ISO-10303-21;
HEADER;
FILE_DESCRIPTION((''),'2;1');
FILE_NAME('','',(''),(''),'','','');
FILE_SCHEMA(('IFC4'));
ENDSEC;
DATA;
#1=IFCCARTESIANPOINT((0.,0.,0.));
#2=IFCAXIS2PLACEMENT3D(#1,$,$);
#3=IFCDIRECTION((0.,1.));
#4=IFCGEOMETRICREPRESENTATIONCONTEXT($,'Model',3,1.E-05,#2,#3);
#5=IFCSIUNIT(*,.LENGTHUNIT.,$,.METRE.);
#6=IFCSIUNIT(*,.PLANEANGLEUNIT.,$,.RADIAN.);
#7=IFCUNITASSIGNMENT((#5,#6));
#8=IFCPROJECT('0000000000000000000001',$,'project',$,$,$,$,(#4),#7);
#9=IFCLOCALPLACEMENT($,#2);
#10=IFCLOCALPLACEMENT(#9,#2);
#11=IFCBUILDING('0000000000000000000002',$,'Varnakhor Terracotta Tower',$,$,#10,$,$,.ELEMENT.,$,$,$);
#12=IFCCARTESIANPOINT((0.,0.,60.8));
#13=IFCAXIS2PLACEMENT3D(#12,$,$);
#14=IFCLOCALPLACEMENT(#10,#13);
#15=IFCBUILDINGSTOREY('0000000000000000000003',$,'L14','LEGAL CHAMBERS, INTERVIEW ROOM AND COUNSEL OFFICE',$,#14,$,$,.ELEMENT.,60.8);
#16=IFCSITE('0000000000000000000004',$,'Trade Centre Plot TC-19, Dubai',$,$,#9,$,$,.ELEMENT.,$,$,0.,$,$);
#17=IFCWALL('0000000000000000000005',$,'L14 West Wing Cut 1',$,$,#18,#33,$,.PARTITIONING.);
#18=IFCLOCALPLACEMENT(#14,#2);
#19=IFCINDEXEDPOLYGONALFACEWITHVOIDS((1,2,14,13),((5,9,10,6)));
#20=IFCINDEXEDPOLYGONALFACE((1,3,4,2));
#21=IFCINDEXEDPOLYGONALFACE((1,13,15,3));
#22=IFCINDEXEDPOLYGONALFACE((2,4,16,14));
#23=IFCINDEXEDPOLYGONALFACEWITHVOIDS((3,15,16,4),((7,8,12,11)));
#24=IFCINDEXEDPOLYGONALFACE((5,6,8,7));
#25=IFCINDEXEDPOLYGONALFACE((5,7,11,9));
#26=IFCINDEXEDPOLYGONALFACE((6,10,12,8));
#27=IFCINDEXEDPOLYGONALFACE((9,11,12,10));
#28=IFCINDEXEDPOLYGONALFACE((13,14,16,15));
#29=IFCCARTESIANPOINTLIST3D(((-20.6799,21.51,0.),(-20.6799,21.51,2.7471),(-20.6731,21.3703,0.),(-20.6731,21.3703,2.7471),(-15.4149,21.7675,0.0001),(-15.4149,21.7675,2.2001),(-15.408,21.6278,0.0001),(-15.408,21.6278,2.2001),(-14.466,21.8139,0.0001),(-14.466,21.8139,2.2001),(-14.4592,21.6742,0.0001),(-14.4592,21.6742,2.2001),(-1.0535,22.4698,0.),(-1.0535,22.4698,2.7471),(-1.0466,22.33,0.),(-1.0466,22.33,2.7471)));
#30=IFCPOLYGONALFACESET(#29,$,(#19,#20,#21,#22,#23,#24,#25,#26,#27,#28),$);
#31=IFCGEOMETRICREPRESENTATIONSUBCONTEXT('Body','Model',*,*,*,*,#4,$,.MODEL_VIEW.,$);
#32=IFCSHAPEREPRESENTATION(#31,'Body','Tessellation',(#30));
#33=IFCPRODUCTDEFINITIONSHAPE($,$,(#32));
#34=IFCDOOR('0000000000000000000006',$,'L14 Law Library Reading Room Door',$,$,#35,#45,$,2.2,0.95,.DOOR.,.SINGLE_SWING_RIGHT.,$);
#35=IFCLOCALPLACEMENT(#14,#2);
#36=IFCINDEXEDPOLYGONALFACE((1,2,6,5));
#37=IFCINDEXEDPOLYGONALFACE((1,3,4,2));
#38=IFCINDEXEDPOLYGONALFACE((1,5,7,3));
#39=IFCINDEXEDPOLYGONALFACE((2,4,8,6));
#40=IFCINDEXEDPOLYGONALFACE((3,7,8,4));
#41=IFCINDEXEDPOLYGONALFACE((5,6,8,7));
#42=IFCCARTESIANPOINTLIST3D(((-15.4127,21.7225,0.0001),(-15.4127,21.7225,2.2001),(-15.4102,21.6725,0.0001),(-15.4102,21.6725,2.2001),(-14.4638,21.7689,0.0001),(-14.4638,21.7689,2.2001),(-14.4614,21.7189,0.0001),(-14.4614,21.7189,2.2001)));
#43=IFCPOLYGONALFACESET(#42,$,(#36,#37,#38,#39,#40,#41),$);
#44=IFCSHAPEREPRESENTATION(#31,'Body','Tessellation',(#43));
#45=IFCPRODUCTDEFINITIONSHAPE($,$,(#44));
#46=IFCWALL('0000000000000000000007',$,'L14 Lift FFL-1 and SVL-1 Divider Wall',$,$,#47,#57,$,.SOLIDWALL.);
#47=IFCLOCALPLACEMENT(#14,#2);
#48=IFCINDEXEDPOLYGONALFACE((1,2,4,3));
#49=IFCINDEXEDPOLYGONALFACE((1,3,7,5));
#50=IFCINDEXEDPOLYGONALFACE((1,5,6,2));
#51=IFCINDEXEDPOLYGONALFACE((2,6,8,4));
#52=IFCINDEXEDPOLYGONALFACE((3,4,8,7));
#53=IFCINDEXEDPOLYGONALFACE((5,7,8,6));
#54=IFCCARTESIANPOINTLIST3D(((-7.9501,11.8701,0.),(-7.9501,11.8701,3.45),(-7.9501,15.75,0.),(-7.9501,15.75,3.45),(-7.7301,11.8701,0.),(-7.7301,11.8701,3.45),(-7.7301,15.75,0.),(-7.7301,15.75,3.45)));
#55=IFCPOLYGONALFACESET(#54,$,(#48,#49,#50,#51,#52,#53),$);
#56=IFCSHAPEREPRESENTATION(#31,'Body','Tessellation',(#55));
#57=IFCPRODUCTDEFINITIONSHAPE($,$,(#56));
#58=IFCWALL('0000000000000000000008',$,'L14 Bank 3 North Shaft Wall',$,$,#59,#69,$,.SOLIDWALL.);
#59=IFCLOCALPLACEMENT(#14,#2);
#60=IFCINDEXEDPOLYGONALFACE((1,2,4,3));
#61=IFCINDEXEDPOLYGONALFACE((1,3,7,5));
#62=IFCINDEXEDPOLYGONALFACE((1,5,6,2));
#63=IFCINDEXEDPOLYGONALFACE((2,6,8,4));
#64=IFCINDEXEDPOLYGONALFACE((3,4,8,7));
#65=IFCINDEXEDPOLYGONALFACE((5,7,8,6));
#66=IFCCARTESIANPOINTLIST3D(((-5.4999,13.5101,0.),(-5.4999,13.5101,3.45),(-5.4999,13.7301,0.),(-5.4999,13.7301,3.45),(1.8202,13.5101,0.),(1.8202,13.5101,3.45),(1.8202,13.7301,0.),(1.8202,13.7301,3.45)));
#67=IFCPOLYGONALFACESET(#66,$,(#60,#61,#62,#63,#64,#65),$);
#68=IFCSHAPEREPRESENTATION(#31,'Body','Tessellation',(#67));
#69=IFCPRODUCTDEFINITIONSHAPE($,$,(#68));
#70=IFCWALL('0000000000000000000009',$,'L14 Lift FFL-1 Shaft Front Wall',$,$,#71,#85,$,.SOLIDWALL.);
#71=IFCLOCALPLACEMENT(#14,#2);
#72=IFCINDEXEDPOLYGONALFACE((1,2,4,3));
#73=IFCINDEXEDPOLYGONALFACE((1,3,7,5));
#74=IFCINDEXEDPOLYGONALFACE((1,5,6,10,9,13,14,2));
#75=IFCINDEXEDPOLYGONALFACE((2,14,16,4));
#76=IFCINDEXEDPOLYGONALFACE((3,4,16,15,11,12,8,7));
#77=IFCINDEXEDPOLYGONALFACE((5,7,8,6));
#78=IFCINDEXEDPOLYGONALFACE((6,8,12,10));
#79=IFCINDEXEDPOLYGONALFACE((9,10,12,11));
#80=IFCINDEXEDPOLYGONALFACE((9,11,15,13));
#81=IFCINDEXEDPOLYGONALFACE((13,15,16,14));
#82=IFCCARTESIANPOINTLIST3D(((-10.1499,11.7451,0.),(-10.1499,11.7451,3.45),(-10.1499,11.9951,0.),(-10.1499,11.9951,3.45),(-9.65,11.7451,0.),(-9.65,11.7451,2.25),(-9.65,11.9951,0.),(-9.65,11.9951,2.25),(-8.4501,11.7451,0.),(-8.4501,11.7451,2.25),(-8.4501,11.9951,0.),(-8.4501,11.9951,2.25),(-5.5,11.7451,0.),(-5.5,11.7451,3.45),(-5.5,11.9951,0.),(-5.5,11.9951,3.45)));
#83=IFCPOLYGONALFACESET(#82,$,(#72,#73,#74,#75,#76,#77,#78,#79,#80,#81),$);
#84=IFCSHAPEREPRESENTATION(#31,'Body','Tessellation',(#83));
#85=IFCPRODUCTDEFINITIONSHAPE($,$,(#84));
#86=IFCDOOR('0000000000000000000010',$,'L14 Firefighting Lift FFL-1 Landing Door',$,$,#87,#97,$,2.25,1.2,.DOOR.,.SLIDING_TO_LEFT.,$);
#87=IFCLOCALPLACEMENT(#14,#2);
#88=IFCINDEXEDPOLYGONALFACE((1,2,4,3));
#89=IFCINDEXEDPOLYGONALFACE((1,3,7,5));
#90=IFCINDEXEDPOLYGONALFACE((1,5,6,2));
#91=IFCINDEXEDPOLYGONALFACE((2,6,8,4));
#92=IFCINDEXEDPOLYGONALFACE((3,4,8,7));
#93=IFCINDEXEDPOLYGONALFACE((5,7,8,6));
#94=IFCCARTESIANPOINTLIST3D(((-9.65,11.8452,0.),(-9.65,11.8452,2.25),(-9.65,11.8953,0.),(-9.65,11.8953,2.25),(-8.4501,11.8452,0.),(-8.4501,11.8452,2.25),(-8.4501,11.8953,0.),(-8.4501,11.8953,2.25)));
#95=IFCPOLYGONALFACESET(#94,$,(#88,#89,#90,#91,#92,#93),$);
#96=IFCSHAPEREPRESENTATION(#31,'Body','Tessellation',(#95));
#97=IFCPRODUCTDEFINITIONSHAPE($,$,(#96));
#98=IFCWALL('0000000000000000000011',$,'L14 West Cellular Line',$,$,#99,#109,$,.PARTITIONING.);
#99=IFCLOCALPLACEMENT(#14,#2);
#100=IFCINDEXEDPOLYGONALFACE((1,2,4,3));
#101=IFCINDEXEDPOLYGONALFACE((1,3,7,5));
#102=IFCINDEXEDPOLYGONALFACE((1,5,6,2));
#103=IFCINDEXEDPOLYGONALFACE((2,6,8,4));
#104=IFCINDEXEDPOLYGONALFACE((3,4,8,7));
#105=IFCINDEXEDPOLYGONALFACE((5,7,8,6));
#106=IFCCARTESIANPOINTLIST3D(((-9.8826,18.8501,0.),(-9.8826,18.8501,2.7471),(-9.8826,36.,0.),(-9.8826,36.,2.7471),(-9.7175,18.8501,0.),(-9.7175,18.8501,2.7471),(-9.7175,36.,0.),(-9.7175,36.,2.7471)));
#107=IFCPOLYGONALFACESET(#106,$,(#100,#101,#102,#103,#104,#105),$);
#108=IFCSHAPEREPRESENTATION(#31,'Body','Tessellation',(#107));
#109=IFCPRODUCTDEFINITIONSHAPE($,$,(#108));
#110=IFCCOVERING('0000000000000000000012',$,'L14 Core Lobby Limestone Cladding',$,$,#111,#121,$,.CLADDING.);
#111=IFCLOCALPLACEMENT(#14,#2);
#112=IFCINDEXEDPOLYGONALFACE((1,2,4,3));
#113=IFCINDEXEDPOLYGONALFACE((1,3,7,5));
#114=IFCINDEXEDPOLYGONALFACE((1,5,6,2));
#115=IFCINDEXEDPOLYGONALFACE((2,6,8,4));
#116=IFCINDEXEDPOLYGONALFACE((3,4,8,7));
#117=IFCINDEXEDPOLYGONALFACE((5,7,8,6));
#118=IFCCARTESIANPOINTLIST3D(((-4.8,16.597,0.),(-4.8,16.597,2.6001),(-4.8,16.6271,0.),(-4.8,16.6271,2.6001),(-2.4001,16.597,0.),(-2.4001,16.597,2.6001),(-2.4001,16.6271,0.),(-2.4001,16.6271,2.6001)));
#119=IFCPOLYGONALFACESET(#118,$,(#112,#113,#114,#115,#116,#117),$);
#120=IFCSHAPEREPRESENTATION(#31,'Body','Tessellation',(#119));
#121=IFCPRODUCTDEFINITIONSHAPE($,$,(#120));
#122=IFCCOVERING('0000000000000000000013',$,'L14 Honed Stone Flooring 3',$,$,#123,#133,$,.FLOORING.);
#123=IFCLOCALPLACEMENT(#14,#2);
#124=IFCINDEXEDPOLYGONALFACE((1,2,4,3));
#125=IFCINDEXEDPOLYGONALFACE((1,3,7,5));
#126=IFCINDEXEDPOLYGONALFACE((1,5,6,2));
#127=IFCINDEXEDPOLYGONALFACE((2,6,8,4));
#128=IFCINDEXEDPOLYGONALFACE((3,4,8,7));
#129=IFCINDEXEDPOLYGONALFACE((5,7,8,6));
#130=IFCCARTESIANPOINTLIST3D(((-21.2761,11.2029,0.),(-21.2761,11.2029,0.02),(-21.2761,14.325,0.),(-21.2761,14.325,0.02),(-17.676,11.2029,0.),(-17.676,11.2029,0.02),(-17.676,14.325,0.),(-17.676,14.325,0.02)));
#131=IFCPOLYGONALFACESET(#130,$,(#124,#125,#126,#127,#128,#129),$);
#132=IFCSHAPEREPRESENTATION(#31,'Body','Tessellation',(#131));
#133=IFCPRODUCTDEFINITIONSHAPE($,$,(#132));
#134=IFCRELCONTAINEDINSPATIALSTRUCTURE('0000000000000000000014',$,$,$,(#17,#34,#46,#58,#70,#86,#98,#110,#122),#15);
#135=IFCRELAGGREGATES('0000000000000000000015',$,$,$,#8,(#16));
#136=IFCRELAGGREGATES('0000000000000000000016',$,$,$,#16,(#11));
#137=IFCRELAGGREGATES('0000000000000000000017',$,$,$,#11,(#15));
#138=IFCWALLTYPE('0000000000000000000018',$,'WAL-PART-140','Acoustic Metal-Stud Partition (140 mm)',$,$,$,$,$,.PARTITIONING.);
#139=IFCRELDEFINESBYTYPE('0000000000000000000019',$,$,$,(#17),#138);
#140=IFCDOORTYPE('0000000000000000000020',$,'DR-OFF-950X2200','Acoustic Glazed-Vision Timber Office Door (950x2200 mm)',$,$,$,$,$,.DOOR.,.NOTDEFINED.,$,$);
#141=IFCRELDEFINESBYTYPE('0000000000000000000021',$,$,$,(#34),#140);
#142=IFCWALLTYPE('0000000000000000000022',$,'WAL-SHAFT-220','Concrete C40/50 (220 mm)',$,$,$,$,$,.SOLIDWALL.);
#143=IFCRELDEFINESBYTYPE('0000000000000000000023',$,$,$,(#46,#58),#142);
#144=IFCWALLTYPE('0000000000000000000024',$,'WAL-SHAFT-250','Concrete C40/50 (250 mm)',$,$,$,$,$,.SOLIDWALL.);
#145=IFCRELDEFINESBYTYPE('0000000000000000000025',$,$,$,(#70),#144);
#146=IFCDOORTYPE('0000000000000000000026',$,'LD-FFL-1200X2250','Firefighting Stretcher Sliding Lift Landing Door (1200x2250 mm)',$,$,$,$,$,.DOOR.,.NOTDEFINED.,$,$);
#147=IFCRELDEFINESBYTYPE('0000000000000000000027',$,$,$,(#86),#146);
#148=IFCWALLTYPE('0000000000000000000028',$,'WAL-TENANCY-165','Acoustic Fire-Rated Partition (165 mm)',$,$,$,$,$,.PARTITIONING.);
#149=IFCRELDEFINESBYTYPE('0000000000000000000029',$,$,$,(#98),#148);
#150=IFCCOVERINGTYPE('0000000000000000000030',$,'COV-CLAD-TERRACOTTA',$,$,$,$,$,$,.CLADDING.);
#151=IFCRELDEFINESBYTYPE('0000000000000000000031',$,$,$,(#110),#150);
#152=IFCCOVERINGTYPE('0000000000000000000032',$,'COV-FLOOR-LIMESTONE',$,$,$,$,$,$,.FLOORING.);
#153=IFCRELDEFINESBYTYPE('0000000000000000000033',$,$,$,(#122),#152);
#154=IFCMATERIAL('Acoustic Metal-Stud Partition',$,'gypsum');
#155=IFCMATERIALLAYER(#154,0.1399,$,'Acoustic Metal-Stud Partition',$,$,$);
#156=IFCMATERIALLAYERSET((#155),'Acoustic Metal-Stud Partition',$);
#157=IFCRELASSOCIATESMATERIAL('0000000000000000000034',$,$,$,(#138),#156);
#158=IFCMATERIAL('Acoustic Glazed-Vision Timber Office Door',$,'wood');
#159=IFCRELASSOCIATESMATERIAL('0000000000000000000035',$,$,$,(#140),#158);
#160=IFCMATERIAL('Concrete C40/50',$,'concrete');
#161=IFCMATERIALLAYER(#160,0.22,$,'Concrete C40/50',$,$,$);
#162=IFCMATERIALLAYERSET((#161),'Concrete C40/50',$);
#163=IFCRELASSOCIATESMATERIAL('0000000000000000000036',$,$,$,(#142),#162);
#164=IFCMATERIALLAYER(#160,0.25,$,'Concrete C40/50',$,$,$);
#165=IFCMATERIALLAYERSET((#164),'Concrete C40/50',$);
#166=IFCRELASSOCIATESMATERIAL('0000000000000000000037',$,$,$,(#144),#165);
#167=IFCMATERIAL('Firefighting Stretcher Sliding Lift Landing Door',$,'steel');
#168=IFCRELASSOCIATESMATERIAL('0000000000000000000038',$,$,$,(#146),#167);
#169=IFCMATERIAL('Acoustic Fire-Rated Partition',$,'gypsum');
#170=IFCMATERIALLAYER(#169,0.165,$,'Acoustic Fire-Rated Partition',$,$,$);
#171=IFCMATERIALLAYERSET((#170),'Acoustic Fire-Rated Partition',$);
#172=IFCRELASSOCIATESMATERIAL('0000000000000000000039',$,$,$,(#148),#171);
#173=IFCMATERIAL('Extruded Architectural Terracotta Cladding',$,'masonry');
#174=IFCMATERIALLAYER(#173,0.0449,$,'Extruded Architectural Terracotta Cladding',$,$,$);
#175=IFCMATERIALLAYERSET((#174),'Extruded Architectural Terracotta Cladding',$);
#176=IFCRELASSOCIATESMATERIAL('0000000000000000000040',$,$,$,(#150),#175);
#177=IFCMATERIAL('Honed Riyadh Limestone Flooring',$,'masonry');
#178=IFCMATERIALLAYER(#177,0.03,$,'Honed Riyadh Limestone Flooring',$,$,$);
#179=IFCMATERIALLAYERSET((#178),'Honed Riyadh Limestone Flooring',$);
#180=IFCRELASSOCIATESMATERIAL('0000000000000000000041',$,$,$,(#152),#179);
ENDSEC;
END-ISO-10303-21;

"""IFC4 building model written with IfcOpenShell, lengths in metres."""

from ifc_helpers import new_model, si_unit, direction, frame, frame_2d, origin, origin_2d, place, context, subcontext, project, spatial, rectangle, extrude, source, transform, mapped, material, layer, layer_set, type_object, type_shapes, element, fill, save


model = new_model("IFC4")

# Units and contexts
model_context = context("Model", 3, precision=1e-05, world=origin(), true_north=direction((0.0, 1.0)))
body_context = subcontext(model_context, "Body", "Model", "MODEL_VIEW")
ifc_project = project(units=[si_unit("LENGTHUNIT", "METRE"), si_unit("PLANEANGLEUNIT", "RADIAN")], contexts=[model_context])

# Site, building, storey
site_placement = place(None, origin())
site = spatial("IfcSite", under=ifc_project, at=site_placement, Name="Trade Centre Plot TC-19, Dubai", CompositionType="ELEMENT", RefElevation=0.0)
building_placement = place(site_placement, origin())
building = spatial("IfcBuilding", under=site, at=building_placement, Name="Varnakhor Terracotta Tower", CompositionType="ELEMENT")
storey_placement = place(building_placement, frame((0.0, 0.0, 60.8)))
storey = spatial("IfcBuildingStorey", under=building, at=storey_placement, Name="L14", Description="LEGAL CHAMBERS, INTERVIEW ROOM AND COUNSEL OFFICE", CompositionType="ELEMENT", Elevation=60.8)

# Shared definitions
ifc_material_1 = material(Name="Acoustic Metal-Stud Partition", Category="gypsum")
ifc_layer_1 = layer(ifc_material_1, 0.1399, Name="Acoustic Metal-Stud Partition")
ifc_layer_set_1 = layer_set([ifc_layer_1], Name="Acoustic Metal-Stud Partition")
wall_type_1 = type_object("IfcWallType", Name="WAL-PART-140", Description="Acoustic Metal-Stud Partition (140 mm)", PredefinedType="PARTITIONING", material=ifc_layer_set_1)

# Wall, opening, door
wall_1_placement = place(storey_placement, frame((-20.6765, 21.4402, 0.0), z_axis=(0.0, 0.0, 1.0), x_axis=(0.998807, 0.048841, 0.0)))
wall_1 = element("IfcWall", 1, at=wall_1_placement, inside=storey, type_object=wall_type_1, Name="L14 West Wing Cut 1", PredefinedType="PARTITIONING", context=body_context, shape_type="SweptSolid", body=[
    extrude(rectangle(XDim=19.6499, YDim=0.1399, at=frame_2d((9.825, 0.0))), origin(), (0.0, 0.0, 1.0), 2.7471),
])
opening_1_placement = place(wall_1_placement, frame((5.2712, 0.0, 0.0)))
opening_1 = element("IfcOpeningElement", 2, at=opening_1_placement, cuts=wall_1, PredefinedType="OPENING", context=body_context, shape_type="SweptSolid", body=[
    extrude(rectangle(XDim=0.95, YDim=2.2, at=frame_2d((0.4751, 1.1001))), frame((0.0, 0.0801, 0.0), z_axis=(0.0, -1.0, 0.0), x_axis=(1.0, 0.0, 0.0)), (0.0, 0.0, 1.0), 0.1599),
])
ifc_material_2 = material(Name="Acoustic Glazed-Vision Timber Office Door", Category="wood")
door_type_1 = type_object("IfcDoorType", Name="DR-OFF-950X2200", Description="Acoustic Glazed-Vision Timber Office Door (950x2200 mm)", OperationType="NOTDEFINED", PredefinedType="DOOR", material=ifc_material_2)
shared_shape_1 = source(origin(), body_context, "Body", "SweptSolid", [
    extrude(rectangle(XDim=0.95, YDim=2.2, at=frame_2d((0.4751, 1.1001))), frame((0.0, 0.0249, 0.0), z_axis=(0.0, -1.0, 0.0), x_axis=(1.0, 0.0, 0.0)), (0.0, 0.0, 1.0), 0.05),
])
type_shapes(door_type_1, [shared_shape_1])
door_1_placement = place(opening_1_placement, origin())
door_1 = element("IfcDoor", 3, at=door_1_placement, inside=storey, type_object=door_type_1, Name="L14 Law Library Reading Room Door", OperationType="SINGLE_SWING_RIGHT", OverallHeight=2.2, OverallWidth=0.95, PredefinedType="DOOR", context=body_context, shape_type="MappedRepresentation", body=[
    mapped(shared_shape_1, transform((0.0, 0.0, 0.0), scale=1.0)),
])
fill(opening_1, door_1)

# Walls
ifc_material_3 = material(Name="Concrete C40/50", Category="concrete")
ifc_layer_2 = layer(ifc_material_3, 0.22, Name="Concrete C40/50")
ifc_layer_set_2 = layer_set([ifc_layer_2], Name="Concrete C40/50")
wall_type_2 = type_object("IfcWallType", Name="WAL-SHAFT-220", Description="Concrete C40/50 (220 mm)", PredefinedType="SOLIDWALL", material=ifc_layer_set_2)
wall_2_placement = place(storey_placement, frame((-7.8401, 11.8701, 0.0), z_axis=(0.0, 0.0, 1.0), x_axis=(0.0, 1.0, 0.0)))
element("IfcWall", 4, at=wall_2_placement, inside=storey, type_object=wall_type_2, Name="L14 Lift FFL-1 and SVL-1 Divider Wall", PredefinedType="SOLIDWALL", context=body_context, shape_type="SweptSolid", body=[
    extrude(rectangle(XDim=3.8799, YDim=0.22, at=frame_2d((1.9399, 0.0))), origin(), (0.0, 0.0, 1.0), 3.45),
])
wall_3_placement = place(storey_placement, frame((-5.5, 13.6201, 0.0), z_axis=(0.0, 0.0, 1.0), x_axis=(1.0, 0.0, 0.0)))
element("IfcWall", 5, at=wall_3_placement, inside=storey, type_object=wall_type_2, Name="L14 Bank 3 North Shaft Wall", PredefinedType="SOLIDWALL", context=body_context, shape_type="SweptSolid", body=[
    extrude(rectangle(XDim=7.3201, YDim=0.22, at=frame_2d((3.6602, 0.0))), origin(), (0.0, 0.0, 1.0), 3.45),
])

# Wall, opening, door
ifc_layer_3 = layer(ifc_material_3, 0.25, Name="Concrete C40/50")
ifc_layer_set_3 = layer_set([ifc_layer_3], Name="Concrete C40/50")
wall_type_3 = type_object("IfcWallType", Name="WAL-SHAFT-250", Description="Concrete C40/50 (250 mm)", PredefinedType="SOLIDWALL", material=ifc_layer_set_3)
wall_4_placement = place(storey_placement, frame((-5.5, 11.8701, 0.0), z_axis=(0.0, 0.0, 1.0), x_axis=(-1.0, 0.0, 0.0)))
wall_4 = element("IfcWall", 6, at=wall_4_placement, inside=storey, type_object=wall_type_3, Name="L14 Lift FFL-1 Shaft Front Wall", PredefinedType="SOLIDWALL", context=body_context, shape_type="SweptSolid", body=[
    extrude(rectangle(XDim=4.6499, YDim=0.25, at=frame_2d((2.325, 0.0))), origin(), (0.0, 0.0, 1.0), 3.45),
])
opening_2_placement = place(wall_4_placement, frame((2.95, 0.0, 0.0)))
opening_2 = element("IfcOpeningElement", 7, at=opening_2_placement, cuts=wall_4, PredefinedType="OPENING", context=body_context, shape_type="SweptSolid", body=[
    extrude(rectangle(XDim=1.2, YDim=2.25, at=frame_2d((0.6001, 1.125))), frame((0.0, 0.135, 0.0), z_axis=(0.0, -1.0, 0.0), x_axis=(1.0, 0.0, 0.0)), (0.0, 0.0, 1.0), 0.27),
])
ifc_material_4 = material(Name="Firefighting Stretcher Sliding Lift Landing Door", Category="steel")
door_type_2 = type_object("IfcDoorType", Name="LD-FFL-1200X2250", Description="Firefighting Stretcher Sliding Lift Landing Door (1200x2250 mm)", OperationType="NOTDEFINED", PredefinedType="DOOR", material=ifc_material_4)
shared_shape_2 = source(origin(), body_context, "Body", "SweptSolid", [
    extrude(rectangle(XDim=1.2, YDim=2.25, at=frame_2d((0.6001, 1.125))), frame((0.0, 0.0249, 0.0), z_axis=(0.0, -1.0, 0.0), x_axis=(1.0, 0.0, 0.0)), (0.0, 0.0, 1.0), 0.05),
])
type_shapes(door_type_2, [shared_shape_2])
door_2_placement = place(opening_2_placement, origin())
door_2 = element("IfcDoor", 8, at=door_2_placement, inside=storey, type_object=door_type_2, Name="L14 Firefighting Lift FFL-1 Landing Door", OperationType="SLIDING_TO_LEFT", OverallHeight=2.25, OverallWidth=1.2, PredefinedType="DOOR", context=body_context, shape_type="MappedRepresentation", body=[
    mapped(shared_shape_2, transform((0.0, 0.0, 0.0), scale=1.0)),
])
fill(opening_2, door_2)

# Wall
ifc_material_5 = material(Name="Acoustic Fire-Rated Partition", Category="gypsum")
ifc_layer_4 = layer(ifc_material_5, 0.165, Name="Acoustic Fire-Rated Partition")
ifc_layer_set_4 = layer_set([ifc_layer_4], Name="Acoustic Fire-Rated Partition")
wall_type_4 = type_object("IfcWallType", Name="WAL-TENANCY-165", Description="Acoustic Fire-Rated Partition (165 mm)", PredefinedType="PARTITIONING", material=ifc_layer_set_4)
wall_5_placement = place(storey_placement, frame((-9.8, 18.8501, 0.0), z_axis=(0.0, 0.0, 1.0), x_axis=(0.0, 1.0, 0.0)))
element("IfcWall", 9, at=wall_5_placement, inside=storey, type_object=wall_type_4, Name="L14 West Cellular Line", PredefinedType="PARTITIONING", context=body_context, shape_type="SweptSolid", body=[
    extrude(rectangle(XDim=17.1499, YDim=0.165, at=frame_2d((8.575, 0.0))), origin(), (0.0, 0.0, 1.0), 2.7471),
])

# Coverings
ifc_material_6 = material(Name="Extruded Architectural Terracotta Cladding", Category="masonry")
ifc_layer_5 = layer(ifc_material_6, 0.0449, Name="Extruded Architectural Terracotta Cladding")
ifc_layer_set_5 = layer_set([ifc_layer_5], Name="Extruded Architectural Terracotta Cladding")
covering_type_1 = type_object("IfcCoveringType", Name="COV-CLAD-TERRACOTTA", PredefinedType="CLADDING", material=ifc_layer_set_5)
shared_shape_3 = source(origin(), body_context, "Body", "SweptSolid", [
    extrude(rectangle(XDim=2.3999, YDim=0.03, at=origin_2d()), origin(), (0.0, 0.0, 1.0), 2.6001),
])
type_shapes(covering_type_1, [shared_shape_3])
covering_1_placement = place(storey_placement, frame((-3.6001, 16.6121, 0.0), z_axis=(0.0, 0.0, 1.0), x_axis=(1.0, 0.0, 0.0)))
element("IfcCovering", 10, at=covering_1_placement, inside=storey, type_object=covering_type_1, Name="L14 Core Lobby Limestone Cladding", PredefinedType="CLADDING", context=body_context, shape_type="MappedRepresentation", body=[
    mapped(shared_shape_3, transform((0.0, 0.0, 0.0), scale=1.0)),
])
ifc_material_7 = material(Name="Honed Riyadh Limestone Flooring", Category="masonry")
ifc_layer_6 = layer(ifc_material_7, 0.03, Name="Honed Riyadh Limestone Flooring")
ifc_layer_set_6 = layer_set([ifc_layer_6], Name="Honed Riyadh Limestone Flooring")
covering_type_2 = type_object("IfcCoveringType", Name="COV-FLOOR-LIMESTONE", PredefinedType="FLOORING", material=ifc_layer_set_6)
shared_shape_4 = source(origin(), body_context, "Body", "SweptSolid", [
    extrude(rectangle(XDim=3.6001, YDim=3.1221, at=origin_2d()), origin(), (0.0, 0.0, 1.0), 0.02),
])
covering_2_placement = place(storey_placement, frame((-19.4761, 12.7639, 0.0), z_axis=(0.0, 0.0, 1.0), x_axis=(1.0, 0.0, 0.0)))
element("IfcCovering", 11, at=covering_2_placement, inside=storey, type_object=covering_type_2, Name="L14 Honed Stone Flooring 3", PredefinedType="FLOORING", context=body_context, shape_type="MappedRepresentation", body=[
    mapped(shared_shape_4, transform((0.0, 0.0, 0.0), scale=1.0)),
])

save(model, "model.ifc")
